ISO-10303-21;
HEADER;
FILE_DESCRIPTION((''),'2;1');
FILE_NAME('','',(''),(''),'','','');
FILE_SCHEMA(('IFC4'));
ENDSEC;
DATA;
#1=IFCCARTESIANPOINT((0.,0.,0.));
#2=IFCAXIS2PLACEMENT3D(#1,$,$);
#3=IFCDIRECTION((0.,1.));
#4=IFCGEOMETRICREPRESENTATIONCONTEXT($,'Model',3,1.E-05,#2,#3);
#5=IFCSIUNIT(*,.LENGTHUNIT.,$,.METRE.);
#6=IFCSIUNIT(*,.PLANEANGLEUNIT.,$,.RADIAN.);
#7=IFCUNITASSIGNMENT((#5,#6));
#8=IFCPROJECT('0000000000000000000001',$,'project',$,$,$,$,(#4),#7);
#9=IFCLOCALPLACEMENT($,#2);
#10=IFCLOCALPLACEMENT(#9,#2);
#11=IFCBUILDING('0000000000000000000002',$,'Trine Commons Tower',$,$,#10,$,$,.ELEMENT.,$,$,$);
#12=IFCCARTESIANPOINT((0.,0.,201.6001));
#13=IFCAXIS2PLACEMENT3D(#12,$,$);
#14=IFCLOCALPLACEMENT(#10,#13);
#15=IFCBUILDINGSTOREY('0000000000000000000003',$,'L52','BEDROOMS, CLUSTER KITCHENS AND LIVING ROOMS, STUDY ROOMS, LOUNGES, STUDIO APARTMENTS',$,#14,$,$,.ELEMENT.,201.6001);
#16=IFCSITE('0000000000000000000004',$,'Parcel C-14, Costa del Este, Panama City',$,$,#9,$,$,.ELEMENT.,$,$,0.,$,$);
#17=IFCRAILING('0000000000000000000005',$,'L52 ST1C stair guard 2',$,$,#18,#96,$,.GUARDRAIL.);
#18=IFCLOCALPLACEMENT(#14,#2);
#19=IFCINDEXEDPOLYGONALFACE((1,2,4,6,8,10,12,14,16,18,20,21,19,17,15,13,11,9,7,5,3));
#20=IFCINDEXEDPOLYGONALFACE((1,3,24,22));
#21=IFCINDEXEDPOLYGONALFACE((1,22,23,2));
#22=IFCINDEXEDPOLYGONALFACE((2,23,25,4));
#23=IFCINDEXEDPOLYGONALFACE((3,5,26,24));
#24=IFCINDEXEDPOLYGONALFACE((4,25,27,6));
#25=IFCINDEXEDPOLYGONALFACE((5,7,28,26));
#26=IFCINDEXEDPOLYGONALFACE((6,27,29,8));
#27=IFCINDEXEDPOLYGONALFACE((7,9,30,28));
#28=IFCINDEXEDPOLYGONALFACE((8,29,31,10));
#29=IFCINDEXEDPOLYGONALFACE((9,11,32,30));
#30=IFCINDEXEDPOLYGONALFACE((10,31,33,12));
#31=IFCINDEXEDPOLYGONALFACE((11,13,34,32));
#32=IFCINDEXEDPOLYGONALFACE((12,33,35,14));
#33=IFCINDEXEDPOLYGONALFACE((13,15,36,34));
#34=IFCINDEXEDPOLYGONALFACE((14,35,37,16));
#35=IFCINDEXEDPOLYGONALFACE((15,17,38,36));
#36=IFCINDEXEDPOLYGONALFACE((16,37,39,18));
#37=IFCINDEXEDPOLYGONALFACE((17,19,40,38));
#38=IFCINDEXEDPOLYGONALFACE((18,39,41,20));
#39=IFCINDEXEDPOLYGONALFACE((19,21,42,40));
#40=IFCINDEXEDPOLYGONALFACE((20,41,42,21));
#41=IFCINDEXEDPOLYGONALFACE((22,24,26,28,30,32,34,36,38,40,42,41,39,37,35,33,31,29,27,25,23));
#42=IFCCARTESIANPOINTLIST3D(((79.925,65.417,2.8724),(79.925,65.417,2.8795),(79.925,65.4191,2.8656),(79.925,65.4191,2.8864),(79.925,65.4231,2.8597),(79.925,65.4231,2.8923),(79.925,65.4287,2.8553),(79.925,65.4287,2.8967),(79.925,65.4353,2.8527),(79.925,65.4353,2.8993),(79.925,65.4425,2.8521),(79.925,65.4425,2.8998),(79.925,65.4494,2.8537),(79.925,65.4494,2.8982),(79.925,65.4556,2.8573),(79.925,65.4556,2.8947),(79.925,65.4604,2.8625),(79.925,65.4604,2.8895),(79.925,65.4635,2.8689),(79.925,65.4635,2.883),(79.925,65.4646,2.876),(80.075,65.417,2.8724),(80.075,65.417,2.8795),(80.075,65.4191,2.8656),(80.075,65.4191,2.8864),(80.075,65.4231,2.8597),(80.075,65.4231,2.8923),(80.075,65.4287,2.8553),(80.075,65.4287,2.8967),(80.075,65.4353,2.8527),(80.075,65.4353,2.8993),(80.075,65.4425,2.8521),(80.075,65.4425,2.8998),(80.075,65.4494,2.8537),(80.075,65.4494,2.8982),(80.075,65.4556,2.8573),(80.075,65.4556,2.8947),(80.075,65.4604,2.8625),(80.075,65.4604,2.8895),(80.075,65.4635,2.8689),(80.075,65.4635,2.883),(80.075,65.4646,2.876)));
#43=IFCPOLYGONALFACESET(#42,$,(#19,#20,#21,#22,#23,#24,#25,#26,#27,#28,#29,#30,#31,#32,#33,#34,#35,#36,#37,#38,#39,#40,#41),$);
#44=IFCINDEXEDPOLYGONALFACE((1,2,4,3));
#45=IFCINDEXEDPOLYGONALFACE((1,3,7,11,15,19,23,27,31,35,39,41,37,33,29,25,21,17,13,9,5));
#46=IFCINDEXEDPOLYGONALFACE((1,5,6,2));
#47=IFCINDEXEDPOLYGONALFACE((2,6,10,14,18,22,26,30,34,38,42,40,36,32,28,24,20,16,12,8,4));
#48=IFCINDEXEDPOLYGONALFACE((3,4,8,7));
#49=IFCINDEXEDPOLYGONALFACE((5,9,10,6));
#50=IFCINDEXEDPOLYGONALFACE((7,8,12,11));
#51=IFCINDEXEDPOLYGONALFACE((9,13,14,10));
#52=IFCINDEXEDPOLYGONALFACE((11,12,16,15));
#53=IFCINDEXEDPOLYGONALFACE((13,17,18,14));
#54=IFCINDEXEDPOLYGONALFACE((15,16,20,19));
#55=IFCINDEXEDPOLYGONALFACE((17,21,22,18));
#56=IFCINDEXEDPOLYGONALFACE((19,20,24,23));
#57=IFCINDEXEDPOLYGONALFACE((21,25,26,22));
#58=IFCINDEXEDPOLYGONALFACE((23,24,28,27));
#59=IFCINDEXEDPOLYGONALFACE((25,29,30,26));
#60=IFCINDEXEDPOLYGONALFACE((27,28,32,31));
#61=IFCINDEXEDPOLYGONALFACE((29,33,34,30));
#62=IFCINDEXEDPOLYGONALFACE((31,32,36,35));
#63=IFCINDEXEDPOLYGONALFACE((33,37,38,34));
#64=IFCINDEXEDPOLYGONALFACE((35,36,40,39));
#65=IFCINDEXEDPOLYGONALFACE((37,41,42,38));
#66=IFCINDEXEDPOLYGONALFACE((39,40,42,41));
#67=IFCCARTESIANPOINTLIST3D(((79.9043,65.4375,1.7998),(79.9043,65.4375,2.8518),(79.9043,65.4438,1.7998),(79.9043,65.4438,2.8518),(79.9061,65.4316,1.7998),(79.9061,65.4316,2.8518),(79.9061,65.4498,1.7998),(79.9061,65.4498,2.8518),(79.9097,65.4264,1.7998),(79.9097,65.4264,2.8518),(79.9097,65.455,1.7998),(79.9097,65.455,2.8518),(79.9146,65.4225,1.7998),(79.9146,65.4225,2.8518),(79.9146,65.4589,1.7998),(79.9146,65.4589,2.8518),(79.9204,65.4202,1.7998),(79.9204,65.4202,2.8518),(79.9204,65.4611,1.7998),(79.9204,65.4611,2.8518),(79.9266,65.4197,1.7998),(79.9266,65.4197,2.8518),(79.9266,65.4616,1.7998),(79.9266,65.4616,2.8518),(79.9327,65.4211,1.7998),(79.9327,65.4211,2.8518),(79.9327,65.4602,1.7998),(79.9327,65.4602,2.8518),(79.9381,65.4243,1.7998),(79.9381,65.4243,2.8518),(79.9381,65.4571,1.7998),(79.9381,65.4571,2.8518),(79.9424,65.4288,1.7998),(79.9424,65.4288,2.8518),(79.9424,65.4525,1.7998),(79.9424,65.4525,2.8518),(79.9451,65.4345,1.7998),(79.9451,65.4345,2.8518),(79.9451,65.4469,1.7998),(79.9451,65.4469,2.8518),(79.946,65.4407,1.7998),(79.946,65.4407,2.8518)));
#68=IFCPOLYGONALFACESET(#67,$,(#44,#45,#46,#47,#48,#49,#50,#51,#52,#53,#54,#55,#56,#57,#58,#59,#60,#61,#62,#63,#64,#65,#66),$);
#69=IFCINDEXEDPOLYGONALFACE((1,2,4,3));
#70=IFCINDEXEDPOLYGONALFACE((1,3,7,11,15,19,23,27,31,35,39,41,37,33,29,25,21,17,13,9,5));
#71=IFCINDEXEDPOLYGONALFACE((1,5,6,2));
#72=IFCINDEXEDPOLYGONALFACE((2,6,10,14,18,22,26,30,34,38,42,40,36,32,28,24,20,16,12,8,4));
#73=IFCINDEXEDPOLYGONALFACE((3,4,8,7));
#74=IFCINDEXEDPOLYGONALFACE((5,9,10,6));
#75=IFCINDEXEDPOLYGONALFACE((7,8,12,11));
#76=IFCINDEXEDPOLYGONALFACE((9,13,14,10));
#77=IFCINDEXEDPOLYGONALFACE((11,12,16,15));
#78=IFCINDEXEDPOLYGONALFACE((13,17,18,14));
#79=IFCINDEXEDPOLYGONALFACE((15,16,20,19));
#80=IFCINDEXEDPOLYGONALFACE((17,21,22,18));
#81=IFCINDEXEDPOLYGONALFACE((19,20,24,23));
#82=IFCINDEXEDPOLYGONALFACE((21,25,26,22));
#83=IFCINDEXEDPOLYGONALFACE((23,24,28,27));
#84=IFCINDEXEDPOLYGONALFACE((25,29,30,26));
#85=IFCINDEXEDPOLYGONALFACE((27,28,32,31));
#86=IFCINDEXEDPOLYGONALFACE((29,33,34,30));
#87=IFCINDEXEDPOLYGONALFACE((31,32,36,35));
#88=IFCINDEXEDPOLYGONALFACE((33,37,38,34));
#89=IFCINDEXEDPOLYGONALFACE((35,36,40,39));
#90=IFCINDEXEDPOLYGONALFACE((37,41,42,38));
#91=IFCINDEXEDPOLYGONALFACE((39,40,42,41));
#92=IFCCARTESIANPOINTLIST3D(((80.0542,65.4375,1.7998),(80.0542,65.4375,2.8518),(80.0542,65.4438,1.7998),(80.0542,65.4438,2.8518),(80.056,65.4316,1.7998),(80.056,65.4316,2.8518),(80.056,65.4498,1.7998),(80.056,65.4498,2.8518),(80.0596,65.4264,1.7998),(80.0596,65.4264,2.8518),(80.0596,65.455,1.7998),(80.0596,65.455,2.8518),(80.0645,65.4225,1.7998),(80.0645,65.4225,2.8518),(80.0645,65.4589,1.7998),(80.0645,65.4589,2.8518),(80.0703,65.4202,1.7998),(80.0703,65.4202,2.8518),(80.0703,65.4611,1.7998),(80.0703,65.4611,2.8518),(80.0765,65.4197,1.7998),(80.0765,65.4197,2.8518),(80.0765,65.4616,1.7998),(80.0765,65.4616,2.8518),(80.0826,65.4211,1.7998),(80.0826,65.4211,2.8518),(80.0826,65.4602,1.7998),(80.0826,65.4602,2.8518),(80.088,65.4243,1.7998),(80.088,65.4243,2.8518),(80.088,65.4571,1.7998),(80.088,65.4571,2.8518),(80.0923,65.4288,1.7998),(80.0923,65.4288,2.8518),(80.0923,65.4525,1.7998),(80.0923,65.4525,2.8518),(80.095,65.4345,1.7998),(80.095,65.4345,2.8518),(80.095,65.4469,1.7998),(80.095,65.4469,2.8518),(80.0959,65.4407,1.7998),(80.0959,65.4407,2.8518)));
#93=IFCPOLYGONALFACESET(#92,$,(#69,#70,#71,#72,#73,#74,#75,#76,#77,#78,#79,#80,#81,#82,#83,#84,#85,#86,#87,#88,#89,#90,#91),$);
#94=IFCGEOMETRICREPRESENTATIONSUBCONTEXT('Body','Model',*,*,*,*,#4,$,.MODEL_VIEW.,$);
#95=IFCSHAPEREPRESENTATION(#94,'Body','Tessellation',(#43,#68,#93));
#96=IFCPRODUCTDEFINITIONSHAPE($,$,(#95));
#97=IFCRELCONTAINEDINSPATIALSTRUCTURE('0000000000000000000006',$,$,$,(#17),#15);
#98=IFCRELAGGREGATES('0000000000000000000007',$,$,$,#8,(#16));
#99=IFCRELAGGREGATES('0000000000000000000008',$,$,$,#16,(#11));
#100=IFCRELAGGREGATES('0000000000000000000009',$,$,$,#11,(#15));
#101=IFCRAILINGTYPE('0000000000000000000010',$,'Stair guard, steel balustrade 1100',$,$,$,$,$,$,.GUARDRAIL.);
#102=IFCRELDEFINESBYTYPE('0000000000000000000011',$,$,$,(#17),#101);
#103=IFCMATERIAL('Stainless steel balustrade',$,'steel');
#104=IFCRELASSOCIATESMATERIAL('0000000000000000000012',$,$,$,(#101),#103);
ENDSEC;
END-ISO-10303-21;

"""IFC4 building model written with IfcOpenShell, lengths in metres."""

from ifc_helpers import new_model, si_unit, direction, frame, origin, origin_2d, place, context, subcontext, project, spatial, circle, extrude, material, type_object, element, save


model = new_model("IFC4")

# Units and contexts
model_context = context("Model", 3, precision=1e-05, world=origin(), true_north=direction((0.0, 1.0)))
body_context = subcontext(model_context, "Body", "Model", "MODEL_VIEW")
ifc_project = project(units=[si_unit("LENGTHUNIT", "METRE"), si_unit("PLANEANGLEUNIT", "RADIAN")], contexts=[model_context])

# Site, building, storey
site_placement = place(None, origin())
site = spatial("IfcSite", under=ifc_project, at=site_placement, Name="Parcel C-14, Costa del Este, Panama City", CompositionType="ELEMENT", RefElevation=0.0)
building_placement = place(site_placement, origin())
building = spatial("IfcBuilding", under=site, at=building_placement, Name="Trine Commons Tower", CompositionType="ELEMENT")
storey_placement = place(building_placement, frame((0.0, 0.0, 201.6001)))
storey = spatial("IfcBuildingStorey", under=building, at=storey_placement, Name="L52", Description="BEDROOMS, CLUSTER KITCHENS AND LIVING ROOMS, STUDY ROOMS, LOUNGES, STUDIO APARTMENTS", CompositionType="ELEMENT", Elevation=201.6001)

# Railing
ifc_material_1 = material(Name="Stainless steel balustrade", Category="steel")
railing_type_1 = type_object("IfcRailingType", Name="Stair guard, steel balustrade 1100", PredefinedType="GUARDRAIL", material=ifc_material_1)
railing_1_placement = place(storey_placement, frame((79.925, 65.4407, 1.7998)))
element("IfcRailing", 1, at=railing_1_placement, inside=storey, type_object=railing_type_1, Name="L52 ST1C stair guard 2", PredefinedType="GUARDRAIL", context=body_context, shape_type="SweptSolid", body=[
    extrude(circle(Radius=0.0239, at=origin_2d()), frame((0.0, 0.0, 1.0762), z_axis=(1.0, 0.0, 0.0), x_axis=(0.0, 1.0, 0.0)), (0.0, 0.0, 1.0), 0.1499),
    extrude(circle(Radius=0.021, at=origin_2d()), origin(), (0.0, 0.0, 1.0), 1.052),
    extrude(circle(Radius=0.021, at=origin_2d()), frame((0.1499, 0.0, 0.0)), (0.0, 0.0, 1.0), 1.052),
])

save(model, "model.ifc")
